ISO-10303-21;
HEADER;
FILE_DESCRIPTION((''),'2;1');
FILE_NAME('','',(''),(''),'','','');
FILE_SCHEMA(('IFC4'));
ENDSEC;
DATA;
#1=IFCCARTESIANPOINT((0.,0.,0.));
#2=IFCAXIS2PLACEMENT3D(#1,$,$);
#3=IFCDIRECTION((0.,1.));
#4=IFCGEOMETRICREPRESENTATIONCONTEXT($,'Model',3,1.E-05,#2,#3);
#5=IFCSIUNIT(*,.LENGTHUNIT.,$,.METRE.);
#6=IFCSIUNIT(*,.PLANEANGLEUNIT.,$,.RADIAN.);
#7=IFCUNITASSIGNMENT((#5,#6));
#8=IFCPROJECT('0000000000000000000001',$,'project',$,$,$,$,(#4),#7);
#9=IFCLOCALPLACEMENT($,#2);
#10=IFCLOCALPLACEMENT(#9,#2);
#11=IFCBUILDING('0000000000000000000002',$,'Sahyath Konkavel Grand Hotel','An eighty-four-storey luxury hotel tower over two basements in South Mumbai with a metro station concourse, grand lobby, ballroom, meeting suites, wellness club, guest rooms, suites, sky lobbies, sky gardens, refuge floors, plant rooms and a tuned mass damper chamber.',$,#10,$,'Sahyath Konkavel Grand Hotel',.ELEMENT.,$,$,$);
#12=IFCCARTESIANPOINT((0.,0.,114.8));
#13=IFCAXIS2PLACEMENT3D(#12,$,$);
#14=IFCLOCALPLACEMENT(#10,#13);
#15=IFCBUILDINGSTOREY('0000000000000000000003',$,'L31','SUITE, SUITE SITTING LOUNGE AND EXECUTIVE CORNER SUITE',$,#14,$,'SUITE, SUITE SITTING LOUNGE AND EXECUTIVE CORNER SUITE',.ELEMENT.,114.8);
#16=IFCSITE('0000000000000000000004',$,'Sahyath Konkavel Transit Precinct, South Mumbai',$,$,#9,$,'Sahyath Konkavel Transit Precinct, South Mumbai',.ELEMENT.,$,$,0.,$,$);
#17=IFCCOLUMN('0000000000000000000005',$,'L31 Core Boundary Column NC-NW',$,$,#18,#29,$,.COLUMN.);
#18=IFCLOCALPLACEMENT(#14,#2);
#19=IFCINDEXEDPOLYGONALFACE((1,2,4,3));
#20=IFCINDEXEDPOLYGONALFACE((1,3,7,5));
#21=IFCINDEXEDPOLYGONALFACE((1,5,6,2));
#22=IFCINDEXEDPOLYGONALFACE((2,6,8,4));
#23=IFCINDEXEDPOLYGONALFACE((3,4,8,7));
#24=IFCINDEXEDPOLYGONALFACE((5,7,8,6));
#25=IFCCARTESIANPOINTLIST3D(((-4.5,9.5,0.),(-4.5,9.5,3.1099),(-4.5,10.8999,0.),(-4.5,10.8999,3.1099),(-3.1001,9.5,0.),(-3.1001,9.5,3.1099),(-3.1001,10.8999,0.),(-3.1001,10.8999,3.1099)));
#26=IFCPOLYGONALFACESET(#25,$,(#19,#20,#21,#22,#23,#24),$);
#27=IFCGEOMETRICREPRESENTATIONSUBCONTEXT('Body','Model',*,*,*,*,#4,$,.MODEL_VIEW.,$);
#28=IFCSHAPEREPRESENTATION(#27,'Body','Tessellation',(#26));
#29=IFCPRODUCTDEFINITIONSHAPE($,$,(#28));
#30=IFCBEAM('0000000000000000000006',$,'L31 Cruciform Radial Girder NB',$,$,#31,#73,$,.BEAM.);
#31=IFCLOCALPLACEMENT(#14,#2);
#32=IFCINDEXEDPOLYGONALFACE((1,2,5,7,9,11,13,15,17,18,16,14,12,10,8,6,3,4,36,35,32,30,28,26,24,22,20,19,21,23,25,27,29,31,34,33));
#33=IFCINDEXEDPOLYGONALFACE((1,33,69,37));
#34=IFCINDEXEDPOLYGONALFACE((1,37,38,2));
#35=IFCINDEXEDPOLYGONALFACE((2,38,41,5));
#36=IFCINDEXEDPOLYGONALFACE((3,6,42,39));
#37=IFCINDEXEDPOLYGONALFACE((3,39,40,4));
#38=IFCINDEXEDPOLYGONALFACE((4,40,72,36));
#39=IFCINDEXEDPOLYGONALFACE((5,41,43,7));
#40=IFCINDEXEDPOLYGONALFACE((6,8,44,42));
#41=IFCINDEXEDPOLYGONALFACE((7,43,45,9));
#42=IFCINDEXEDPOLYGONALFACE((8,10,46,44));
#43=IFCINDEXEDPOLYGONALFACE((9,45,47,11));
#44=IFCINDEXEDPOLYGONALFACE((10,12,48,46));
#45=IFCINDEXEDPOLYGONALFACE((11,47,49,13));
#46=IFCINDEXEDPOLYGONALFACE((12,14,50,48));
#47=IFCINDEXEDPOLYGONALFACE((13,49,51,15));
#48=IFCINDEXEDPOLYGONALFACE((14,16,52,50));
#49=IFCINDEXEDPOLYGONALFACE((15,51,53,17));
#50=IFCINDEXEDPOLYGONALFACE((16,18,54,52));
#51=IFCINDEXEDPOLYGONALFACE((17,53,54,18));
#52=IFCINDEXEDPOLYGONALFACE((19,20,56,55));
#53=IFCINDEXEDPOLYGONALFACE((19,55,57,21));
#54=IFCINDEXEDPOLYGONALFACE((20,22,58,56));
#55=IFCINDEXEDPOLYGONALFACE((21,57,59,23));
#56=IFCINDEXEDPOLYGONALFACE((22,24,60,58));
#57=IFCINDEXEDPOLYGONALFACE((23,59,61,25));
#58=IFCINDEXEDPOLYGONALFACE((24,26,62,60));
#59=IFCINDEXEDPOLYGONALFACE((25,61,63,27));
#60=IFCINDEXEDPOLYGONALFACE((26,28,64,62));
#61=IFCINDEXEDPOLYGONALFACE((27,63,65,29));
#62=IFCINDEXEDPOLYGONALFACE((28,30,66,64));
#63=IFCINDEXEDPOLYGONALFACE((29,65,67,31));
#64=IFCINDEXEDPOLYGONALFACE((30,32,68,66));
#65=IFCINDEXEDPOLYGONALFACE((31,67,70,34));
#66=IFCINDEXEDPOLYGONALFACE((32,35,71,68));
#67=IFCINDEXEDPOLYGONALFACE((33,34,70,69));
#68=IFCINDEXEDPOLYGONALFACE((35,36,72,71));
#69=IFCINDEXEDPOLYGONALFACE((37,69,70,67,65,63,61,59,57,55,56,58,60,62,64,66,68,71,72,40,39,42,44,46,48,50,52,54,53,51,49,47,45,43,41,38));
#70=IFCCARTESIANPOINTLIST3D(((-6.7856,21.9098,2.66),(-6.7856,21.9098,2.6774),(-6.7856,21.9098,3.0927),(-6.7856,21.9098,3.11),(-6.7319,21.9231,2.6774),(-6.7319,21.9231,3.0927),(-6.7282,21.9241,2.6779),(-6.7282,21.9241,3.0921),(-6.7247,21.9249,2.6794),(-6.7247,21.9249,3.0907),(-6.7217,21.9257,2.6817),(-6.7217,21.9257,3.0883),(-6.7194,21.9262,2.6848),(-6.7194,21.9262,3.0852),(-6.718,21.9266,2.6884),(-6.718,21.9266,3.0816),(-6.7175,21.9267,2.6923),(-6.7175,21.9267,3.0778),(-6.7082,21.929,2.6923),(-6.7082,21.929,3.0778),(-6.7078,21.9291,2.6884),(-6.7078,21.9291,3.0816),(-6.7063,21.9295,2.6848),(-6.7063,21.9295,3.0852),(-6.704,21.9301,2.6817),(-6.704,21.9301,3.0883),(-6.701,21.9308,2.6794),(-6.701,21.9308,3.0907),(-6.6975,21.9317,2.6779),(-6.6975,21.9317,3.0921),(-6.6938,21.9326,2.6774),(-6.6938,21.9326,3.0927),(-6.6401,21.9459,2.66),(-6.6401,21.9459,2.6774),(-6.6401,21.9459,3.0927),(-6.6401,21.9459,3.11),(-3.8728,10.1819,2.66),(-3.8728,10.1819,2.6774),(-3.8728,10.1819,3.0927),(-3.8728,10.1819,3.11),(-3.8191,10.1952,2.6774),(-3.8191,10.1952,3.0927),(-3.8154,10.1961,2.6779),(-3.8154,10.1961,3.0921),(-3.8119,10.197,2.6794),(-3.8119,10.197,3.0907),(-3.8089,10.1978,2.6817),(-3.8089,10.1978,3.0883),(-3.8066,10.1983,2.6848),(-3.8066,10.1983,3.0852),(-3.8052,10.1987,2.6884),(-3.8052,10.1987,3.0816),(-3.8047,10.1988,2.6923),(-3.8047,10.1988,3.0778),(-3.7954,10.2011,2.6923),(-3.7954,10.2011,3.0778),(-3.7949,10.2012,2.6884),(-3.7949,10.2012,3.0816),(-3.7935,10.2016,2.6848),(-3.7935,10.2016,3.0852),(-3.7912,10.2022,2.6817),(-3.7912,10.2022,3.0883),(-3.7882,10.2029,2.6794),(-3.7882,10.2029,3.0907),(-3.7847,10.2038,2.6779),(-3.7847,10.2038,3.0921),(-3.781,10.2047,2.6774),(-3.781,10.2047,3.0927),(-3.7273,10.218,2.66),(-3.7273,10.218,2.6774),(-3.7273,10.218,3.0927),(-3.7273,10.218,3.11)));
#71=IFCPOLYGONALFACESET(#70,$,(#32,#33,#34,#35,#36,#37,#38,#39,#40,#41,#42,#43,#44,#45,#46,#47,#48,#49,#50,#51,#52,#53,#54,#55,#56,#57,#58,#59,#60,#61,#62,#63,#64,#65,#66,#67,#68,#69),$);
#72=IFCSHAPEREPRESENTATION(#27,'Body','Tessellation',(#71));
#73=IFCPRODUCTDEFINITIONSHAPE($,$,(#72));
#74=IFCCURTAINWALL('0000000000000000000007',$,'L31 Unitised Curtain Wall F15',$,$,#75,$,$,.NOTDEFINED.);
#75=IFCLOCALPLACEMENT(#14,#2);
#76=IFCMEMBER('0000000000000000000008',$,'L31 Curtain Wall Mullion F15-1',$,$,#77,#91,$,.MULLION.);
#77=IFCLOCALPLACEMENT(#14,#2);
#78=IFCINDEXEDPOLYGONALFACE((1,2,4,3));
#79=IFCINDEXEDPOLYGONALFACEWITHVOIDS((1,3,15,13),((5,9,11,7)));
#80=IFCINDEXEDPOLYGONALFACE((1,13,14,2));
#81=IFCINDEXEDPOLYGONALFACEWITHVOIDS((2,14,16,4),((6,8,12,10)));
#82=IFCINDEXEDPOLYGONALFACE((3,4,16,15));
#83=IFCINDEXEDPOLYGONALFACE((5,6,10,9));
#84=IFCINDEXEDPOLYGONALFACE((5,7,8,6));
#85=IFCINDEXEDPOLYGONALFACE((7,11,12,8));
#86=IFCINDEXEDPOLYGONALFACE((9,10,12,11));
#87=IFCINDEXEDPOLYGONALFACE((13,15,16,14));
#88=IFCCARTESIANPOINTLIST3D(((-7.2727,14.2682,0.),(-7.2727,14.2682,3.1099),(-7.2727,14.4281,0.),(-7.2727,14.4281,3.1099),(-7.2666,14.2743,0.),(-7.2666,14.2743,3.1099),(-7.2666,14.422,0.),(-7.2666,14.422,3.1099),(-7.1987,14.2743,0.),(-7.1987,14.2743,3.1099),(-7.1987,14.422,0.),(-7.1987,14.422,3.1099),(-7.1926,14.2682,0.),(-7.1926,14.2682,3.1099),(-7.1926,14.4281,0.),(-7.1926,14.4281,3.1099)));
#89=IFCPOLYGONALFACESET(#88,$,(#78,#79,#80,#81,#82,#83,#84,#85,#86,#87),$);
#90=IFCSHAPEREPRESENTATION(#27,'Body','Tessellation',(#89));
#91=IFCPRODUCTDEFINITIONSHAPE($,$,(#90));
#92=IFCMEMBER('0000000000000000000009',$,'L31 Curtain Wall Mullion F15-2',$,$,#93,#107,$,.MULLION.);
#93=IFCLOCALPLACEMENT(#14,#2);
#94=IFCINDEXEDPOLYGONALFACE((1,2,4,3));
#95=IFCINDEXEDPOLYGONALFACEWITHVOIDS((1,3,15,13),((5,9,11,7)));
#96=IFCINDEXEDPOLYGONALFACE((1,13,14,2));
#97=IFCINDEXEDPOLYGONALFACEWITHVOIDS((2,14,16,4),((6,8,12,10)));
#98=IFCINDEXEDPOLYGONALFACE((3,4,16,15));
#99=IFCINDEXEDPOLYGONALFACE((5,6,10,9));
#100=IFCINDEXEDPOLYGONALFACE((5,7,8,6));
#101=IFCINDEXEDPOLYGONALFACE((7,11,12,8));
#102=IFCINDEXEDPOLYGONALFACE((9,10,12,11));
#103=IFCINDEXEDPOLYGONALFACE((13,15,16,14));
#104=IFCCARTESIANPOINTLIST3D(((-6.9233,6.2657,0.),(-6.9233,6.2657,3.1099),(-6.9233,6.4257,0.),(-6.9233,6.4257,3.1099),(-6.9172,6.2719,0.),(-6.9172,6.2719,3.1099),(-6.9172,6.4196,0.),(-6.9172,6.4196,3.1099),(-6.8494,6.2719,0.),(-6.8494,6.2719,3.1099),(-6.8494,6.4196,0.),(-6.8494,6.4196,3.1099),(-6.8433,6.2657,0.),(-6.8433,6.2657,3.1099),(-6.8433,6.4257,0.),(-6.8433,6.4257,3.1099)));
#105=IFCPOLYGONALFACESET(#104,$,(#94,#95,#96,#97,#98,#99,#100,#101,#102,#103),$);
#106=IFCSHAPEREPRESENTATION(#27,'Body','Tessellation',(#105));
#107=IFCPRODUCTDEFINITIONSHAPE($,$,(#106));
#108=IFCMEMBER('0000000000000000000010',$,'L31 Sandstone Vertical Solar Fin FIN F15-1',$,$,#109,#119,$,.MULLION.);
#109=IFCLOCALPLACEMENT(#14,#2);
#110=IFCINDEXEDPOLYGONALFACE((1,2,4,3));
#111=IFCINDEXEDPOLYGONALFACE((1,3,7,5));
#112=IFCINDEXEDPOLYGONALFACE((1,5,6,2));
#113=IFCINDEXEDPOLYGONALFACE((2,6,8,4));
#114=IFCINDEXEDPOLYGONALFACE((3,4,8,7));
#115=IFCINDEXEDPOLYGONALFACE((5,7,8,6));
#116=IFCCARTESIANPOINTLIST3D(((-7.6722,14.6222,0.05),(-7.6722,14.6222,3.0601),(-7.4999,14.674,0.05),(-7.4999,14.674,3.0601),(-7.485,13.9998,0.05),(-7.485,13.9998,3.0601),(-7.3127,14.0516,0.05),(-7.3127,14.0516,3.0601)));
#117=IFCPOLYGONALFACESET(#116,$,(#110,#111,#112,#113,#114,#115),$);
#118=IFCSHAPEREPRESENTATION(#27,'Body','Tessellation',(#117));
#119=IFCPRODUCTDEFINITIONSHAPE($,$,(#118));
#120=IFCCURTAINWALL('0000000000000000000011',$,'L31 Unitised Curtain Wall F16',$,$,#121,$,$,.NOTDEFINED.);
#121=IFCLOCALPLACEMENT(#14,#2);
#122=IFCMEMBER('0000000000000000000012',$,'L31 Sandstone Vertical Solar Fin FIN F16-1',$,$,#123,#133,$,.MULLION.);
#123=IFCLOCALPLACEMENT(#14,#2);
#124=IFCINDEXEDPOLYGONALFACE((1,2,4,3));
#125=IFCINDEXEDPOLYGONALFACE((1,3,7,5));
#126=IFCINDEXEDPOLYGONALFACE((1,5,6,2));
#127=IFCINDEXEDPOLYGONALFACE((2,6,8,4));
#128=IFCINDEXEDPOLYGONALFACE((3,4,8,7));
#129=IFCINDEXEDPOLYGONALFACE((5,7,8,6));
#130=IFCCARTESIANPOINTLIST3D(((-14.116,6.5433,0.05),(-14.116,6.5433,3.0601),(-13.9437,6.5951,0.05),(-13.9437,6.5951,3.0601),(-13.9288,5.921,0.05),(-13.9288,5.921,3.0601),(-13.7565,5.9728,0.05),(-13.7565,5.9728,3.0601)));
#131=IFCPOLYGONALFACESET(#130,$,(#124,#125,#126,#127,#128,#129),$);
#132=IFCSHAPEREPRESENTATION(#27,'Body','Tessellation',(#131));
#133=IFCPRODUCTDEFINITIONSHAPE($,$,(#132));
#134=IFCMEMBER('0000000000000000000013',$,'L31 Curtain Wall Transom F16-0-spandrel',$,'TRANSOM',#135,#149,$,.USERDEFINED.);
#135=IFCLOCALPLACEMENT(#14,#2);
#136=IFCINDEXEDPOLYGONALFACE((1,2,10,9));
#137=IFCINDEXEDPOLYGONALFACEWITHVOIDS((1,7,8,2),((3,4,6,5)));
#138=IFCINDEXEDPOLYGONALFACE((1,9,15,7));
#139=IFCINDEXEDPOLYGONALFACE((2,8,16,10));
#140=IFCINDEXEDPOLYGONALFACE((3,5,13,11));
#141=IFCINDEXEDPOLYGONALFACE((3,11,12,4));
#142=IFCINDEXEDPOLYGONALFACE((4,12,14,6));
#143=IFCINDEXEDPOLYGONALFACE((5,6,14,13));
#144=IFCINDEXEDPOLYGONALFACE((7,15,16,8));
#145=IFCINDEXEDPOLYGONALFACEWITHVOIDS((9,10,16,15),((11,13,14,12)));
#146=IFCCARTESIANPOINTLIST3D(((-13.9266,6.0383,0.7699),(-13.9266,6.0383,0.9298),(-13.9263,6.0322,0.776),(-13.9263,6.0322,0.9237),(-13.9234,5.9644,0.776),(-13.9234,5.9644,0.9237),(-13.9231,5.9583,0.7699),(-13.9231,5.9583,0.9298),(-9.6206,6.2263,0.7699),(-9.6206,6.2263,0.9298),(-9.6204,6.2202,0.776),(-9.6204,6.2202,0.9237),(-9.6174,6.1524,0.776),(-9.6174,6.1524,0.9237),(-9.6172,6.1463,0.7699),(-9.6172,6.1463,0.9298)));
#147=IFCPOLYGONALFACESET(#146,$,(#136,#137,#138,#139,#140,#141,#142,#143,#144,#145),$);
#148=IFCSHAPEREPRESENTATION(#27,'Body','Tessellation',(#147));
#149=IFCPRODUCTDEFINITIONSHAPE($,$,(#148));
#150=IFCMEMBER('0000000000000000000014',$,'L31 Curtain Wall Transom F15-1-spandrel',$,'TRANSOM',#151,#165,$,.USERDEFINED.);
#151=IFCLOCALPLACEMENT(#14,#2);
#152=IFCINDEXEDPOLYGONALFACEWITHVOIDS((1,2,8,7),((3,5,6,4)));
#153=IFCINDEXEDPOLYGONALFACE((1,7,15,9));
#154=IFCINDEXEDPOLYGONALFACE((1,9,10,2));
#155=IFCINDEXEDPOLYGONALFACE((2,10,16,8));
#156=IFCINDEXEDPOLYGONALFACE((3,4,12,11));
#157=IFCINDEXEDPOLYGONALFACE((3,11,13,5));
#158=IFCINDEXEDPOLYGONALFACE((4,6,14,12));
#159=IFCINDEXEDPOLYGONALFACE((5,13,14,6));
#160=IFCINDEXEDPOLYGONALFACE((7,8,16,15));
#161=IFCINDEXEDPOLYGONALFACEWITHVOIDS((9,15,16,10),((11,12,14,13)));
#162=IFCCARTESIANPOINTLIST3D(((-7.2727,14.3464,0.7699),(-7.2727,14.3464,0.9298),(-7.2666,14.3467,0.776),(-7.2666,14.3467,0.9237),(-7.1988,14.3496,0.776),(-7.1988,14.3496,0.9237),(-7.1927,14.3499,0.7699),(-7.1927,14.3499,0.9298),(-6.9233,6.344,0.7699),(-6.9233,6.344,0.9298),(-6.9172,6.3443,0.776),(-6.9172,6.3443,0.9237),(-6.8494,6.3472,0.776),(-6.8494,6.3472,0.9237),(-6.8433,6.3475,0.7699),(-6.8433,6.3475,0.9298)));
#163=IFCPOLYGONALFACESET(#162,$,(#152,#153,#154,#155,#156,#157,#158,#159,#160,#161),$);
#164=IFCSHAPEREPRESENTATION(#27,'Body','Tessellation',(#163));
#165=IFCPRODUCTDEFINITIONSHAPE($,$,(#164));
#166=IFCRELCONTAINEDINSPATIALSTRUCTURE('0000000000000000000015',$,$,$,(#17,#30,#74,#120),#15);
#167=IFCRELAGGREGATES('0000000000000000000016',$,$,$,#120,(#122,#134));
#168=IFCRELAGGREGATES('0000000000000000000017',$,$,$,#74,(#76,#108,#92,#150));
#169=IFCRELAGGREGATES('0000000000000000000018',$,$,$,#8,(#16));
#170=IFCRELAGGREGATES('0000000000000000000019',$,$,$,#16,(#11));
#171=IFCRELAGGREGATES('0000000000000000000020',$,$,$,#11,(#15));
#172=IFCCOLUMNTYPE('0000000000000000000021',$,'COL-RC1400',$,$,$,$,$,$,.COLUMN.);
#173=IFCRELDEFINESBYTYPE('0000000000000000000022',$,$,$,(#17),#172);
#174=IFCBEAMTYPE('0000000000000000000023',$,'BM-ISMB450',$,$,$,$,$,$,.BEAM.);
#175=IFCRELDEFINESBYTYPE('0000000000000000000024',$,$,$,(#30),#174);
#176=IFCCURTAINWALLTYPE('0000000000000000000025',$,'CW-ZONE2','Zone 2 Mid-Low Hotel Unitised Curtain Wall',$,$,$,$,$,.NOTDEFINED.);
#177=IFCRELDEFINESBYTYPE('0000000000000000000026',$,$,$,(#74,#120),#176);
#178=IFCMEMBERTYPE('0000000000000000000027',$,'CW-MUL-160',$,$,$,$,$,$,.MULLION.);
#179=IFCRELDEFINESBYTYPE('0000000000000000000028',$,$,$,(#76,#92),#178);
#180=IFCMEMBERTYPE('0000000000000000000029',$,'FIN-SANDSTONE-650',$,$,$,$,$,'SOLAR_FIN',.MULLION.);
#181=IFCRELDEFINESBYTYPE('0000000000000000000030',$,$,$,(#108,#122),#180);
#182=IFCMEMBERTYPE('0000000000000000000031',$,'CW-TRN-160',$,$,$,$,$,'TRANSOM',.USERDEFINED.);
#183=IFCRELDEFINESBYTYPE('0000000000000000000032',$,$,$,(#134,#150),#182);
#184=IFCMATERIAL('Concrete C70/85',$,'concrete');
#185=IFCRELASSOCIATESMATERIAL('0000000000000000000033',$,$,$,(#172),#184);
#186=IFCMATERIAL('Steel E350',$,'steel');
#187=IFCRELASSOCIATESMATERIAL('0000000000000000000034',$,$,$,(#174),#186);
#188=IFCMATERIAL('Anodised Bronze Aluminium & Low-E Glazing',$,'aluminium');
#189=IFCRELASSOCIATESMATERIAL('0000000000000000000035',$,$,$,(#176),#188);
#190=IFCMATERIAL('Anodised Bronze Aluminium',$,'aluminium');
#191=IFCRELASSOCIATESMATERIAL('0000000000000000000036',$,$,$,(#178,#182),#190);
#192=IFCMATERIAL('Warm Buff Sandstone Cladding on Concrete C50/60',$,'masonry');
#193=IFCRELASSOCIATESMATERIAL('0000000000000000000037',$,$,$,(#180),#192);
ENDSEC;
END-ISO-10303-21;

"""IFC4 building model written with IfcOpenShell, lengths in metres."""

from ifc_helpers import new_model, si_unit, direction, frame, origin, origin_2d, place, context, subcontext, project, spatial, rectangle, hollow_rectangle, i_section, extrude, source, transform, mapped, material, material_profile, profile_set, type_object, element, aggregate, save


model = new_model("IFC4")

# Units and contexts
model_context = context("Model", 3, precision=1e-05, world=origin(), true_north=direction((0.0, 1.0)))
body_context = subcontext(model_context, "Body", "Model", "MODEL_VIEW")
ifc_project = project(units=[si_unit("LENGTHUNIT", "METRE"), si_unit("PLANEANGLEUNIT", "RADIAN")], contexts=[model_context])

# Site, building, storey
site_placement = place(None, origin())
site = spatial("IfcSite", under=ifc_project, at=site_placement, Name="Sahyath Konkavel Transit Precinct, South Mumbai", LongName="Sahyath Konkavel Transit Precinct, South Mumbai", CompositionType="ELEMENT", RefElevation=0.0)
building_placement = place(site_placement, origin())
building = spatial("IfcBuilding", under=site, at=building_placement, Name="Sahyath Konkavel Grand Hotel", Description="An eighty-four-storey luxury hotel tower over two basements in South Mumbai with a metro station concourse, grand lobby, ballroom, meeting suites, wellness club, guest rooms, suites, sky lobbies, sky gardens, refuge floors, plant rooms and a tuned mass damper chamber.", LongName="Sahyath Konkavel Grand Hotel", CompositionType="ELEMENT")
storey_placement = place(building_placement, frame((0.0, 0.0, 114.8)))
storey = spatial("IfcBuildingStorey", under=building, at=storey_placement, Name="L31", Description="SUITE, SUITE SITTING LOUNGE AND EXECUTIVE CORNER SUITE", LongName="SUITE, SUITE SITTING LOUNGE AND EXECUTIVE CORNER SUITE", CompositionType="ELEMENT", Elevation=114.8)

# Column
ifc_material_1 = material(Name="Concrete C70/85", Category="concrete")
ifc_material_profile_1 = material_profile(ifc_material_1, rectangle(XDim=1.3999, YDim=1.3999, at=origin_2d()), Name="RC 1400x1400")
ifc_profile_set_1 = profile_set([ifc_material_profile_1], Name="Concrete C70/85")
column_type = type_object("IfcColumnType", Name="COL-RC1400", PredefinedType="COLUMN", material=ifc_profile_set_1)
shared_shape_1 = source(origin(), body_context, "Body", "SweptSolid", [
    extrude(rectangle(XDim=1.3999, YDim=1.3999, at=origin_2d()), origin(), (0.0, 0.0, 1.0), 3.1099),
])
column_placement = place(storey_placement, frame((-3.8, 10.2, 0.0), z_axis=(0.0, 0.0, 1.0), x_axis=(1.0, 0.0, 0.0)))
element("IfcColumn", 1, at=column_placement, inside=storey, type_object=column_type, Name="L31 Core Boundary Column NC-NW", PredefinedType="COLUMN", context=body_context, shape_type="MappedRepresentation", body=[
    mapped(shared_shape_1, transform((0.0, 0.0, 0.0), scale=1.0)),
])

# Beam
ifc_material_2 = material(Name="Steel E350", Category="steel")
ifc_material_profile_2 = material_profile(ifc_material_2, i_section(OverallWidth=0.1499, OverallDepth=0.45, WebThickness=0.0095, FlangeThickness=0.0173, FilletRadius=0.0149, at=origin_2d()), Name="ISMB 450")
ifc_profile_set_2 = profile_set([ifc_material_profile_2], Name="Steel E350")
beam_type_1 = type_object("IfcBeamType", Name="BM-ISMB450", PredefinedType="BEAM", material=ifc_profile_set_2)
shared_shape_2 = source(origin(), body_context, "Body", "SweptSolid", [
    extrude(i_section(OverallWidth=0.1499, OverallDepth=0.45, WebThickness=0.0095, FlangeThickness=0.0173, FilletRadius=0.0149, at=origin_2d()), origin(), (0.0, 0.0, 1.0), 12.0842),
])
beam_1_placement = place(storey_placement, frame((-3.8, 10.2, 2.885), z_axis=(-0.241043, 0.970515, 0.0), x_axis=(-0.970515, -0.241043, 0.0)))
element("IfcBeam", 2, at=beam_1_placement, inside=storey, type_object=beam_type_1, Name="L31 Cruciform Radial Girder NB", PredefinedType="BEAM", context=body_context, shape_type="MappedRepresentation", body=[
    mapped(shared_shape_2, transform((0.0, 0.0, 0.0), scale=1.0)),
])

# Curtain walls, members
ifc_material_3 = material(Name="Anodised Bronze Aluminium & Low-E Glazing", Category="aluminium")
curtain_wall_type = type_object("IfcCurtainWallType", Name="CW-ZONE2", Description="Zone 2 Mid-Low Hotel Unitised Curtain Wall", PredefinedType="NOTDEFINED", material=ifc_material_3)
curtain_wall_1_placement = place(storey_placement, origin())
curtain_wall_1 = element("IfcCurtainWall", 3, at=curtain_wall_1_placement, inside=storey, type_object=curtain_wall_type, Name="L31 Unitised Curtain Wall F15", PredefinedType="NOTDEFINED")
ifc_material_4 = material(Name="Anodised Bronze Aluminium", Category="aluminium")
ifc_material_profile_3 = material_profile(ifc_material_4, hollow_rectangle(XDim=0.0801, YDim=0.1599, WallThickness=0.0061, at=origin_2d()), Name="RHS 160x80x6")
ifc_profile_set_3 = profile_set([ifc_material_profile_3], Name="Anodised Bronze Aluminium")
member_type_1 = type_object("IfcMemberType", Name="CW-MUL-160", PredefinedType="MULLION", material=ifc_profile_set_3)
shared_shape_3 = source(origin(), body_context, "Body", "SweptSolid", [
    extrude(hollow_rectangle(XDim=0.0801, YDim=0.1599, WallThickness=0.0061, at=origin_2d()), origin(), (0.0, 0.0, 1.0), 3.1099),
])
member_1_placement = place(storey_placement, frame((-7.2327, 14.3481, 0.0), z_axis=(0.0, 0.0, 1.0), x_axis=(1.0, 0.0, 0.0)))
member_1 = element("IfcMember", 4, at=member_1_placement, type_object=member_type_1, Name="L31 Curtain Wall Mullion F15-1", PredefinedType="MULLION", context=body_context, shape_type="MappedRepresentation", body=[
    mapped(shared_shape_3, transform((0.0, 0.0, 0.0), scale=1.0)),
])
member_2_placement = place(storey_placement, frame((-6.8833, 6.3457, 0.0), z_axis=(0.0, 0.0, 1.0), x_axis=(1.0, 0.0, 0.0)))
member_2 = element("IfcMember", 5, at=member_2_placement, type_object=member_type_1, Name="L31 Curtain Wall Mullion F15-2", PredefinedType="MULLION", context=body_context, shape_type="MappedRepresentation", body=[
    mapped(shared_shape_3, transform((0.0, 0.0, 0.0), scale=1.0)),
])
ifc_material_5 = material(Name="Warm Buff Sandstone Cladding on Concrete C50/60", Category="masonry")
ifc_material_profile_4 = material_profile(ifc_material_5, rectangle(XDim=0.1799, YDim=0.6499, at=origin_2d()), Name="FIN 180x650")
ifc_profile_set_4 = profile_set([ifc_material_profile_4], Name="Warm Buff Sandstone Cladding on Concrete C50/60")
member_type_2 = type_object("IfcMemberType", Name="FIN-SANDSTONE-650", ElementType="SOLAR_FIN", PredefinedType="MULLION", material=ifc_profile_set_4)
shared_shape_4 = source(origin(), body_context, "Body", "SweptSolid", [
    extrude(rectangle(XDim=0.1799, YDim=0.6499, at=origin_2d()), origin(), (0.0, 0.0, 1.0), 3.01),
])
member_3_placement = place(storey_placement, frame((-7.4924, 14.3369, 0.05), z_axis=(0.0, 0.0, 1.0), x_axis=(0.957622, 0.288029, 0.0)))
member_3 = element("IfcMember", 6, at=member_3_placement, type_object=member_type_2, Name="L31 Sandstone Vertical Solar Fin FIN F15-1", PredefinedType="MULLION", context=body_context, shape_type="MappedRepresentation", body=[
    mapped(shared_shape_4, transform((0.0, 0.0, 0.0), scale=1.0)),
])
curtain_wall_2_placement = place(storey_placement, origin())
curtain_wall_2 = element("IfcCurtainWall", 7, at=curtain_wall_2_placement, inside=storey, type_object=curtain_wall_type, Name="L31 Unitised Curtain Wall F16", PredefinedType="NOTDEFINED")
member_4_placement = place(storey_placement, frame((-13.9363, 6.2581, 0.05), z_axis=(0.0, 0.0, 1.0), x_axis=(0.957622, 0.288029, 0.0)))
member_4 = element("IfcMember", 8, at=member_4_placement, type_object=member_type_2, Name="L31 Sandstone Vertical Solar Fin FIN F16-1", PredefinedType="MULLION", context=body_context, shape_type="MappedRepresentation", body=[
    mapped(shared_shape_4, transform((0.0, 0.0, 0.0), scale=1.0)),
])
ifc_material_profile_5 = material_profile(ifc_material_4, hollow_rectangle(XDim=0.0801, YDim=0.1599, WallThickness=0.0061, at=origin_2d()), Name="RHS 160x80x6")
ifc_profile_set_5 = profile_set([ifc_material_profile_5], Name="Anodised Bronze Aluminium")
member_type_3 = type_object("IfcMemberType", Name="CW-TRN-160", ElementType="TRANSOM", PredefinedType="USERDEFINED", material=ifc_profile_set_5)
shared_shape_5 = source(origin(), body_context, "Body", "SweptSolid", [
    extrude(hollow_rectangle(XDim=0.0801, YDim=0.1599, WallThickness=0.0061, at=origin_2d()), origin(), (0.0, 0.0, 1.0), 4.3101),
])
member_5_placement = place(storey_placement, frame((-9.6189, 6.1863, 0.8499), z_axis=(-0.999048, -0.043617, 0.0), x_axis=(0.043617, -0.999048, 0.0)))
member_5 = element("IfcMember", 9, at=member_5_placement, type_object=member_type_3, Name="L31 Curtain Wall Transom F16-0-spandrel", ObjectType="TRANSOM", PredefinedType="USERDEFINED", context=body_context, shape_type="MappedRepresentation", body=[
    mapped(shared_shape_5, transform((0.0, 0.0, 0.0), scale=1.0)),
])
aggregate(curtain_wall_2, [member_4, member_5])

# Member
shared_shape_6 = source(origin(), body_context, "Body", "SweptSolid", [
    extrude(hollow_rectangle(XDim=0.0801, YDim=0.1599, WallThickness=0.0061, at=origin_2d()), origin(), (0.0, 0.0, 1.0), 8.01),
])
member_6_placement = place(storey_placement, frame((-7.2327, 14.3481, 0.8499), z_axis=(0.043616, -0.999048, 0.0), x_axis=(0.999048, 0.043616, 0.0)))
member_6 = element("IfcMember", 10, at=member_6_placement, type_object=member_type_3, Name="L31 Curtain Wall Transom F15-1-spandrel", ObjectType="TRANSOM", PredefinedType="USERDEFINED", context=body_context, shape_type="MappedRepresentation", body=[
    mapped(shared_shape_6, transform((0.0, 0.0, 0.0), scale=1.0)),
])

aggregate(curtain_wall_1, [member_1, member_3, member_2, member_6])

save(model, "model.ifc")
